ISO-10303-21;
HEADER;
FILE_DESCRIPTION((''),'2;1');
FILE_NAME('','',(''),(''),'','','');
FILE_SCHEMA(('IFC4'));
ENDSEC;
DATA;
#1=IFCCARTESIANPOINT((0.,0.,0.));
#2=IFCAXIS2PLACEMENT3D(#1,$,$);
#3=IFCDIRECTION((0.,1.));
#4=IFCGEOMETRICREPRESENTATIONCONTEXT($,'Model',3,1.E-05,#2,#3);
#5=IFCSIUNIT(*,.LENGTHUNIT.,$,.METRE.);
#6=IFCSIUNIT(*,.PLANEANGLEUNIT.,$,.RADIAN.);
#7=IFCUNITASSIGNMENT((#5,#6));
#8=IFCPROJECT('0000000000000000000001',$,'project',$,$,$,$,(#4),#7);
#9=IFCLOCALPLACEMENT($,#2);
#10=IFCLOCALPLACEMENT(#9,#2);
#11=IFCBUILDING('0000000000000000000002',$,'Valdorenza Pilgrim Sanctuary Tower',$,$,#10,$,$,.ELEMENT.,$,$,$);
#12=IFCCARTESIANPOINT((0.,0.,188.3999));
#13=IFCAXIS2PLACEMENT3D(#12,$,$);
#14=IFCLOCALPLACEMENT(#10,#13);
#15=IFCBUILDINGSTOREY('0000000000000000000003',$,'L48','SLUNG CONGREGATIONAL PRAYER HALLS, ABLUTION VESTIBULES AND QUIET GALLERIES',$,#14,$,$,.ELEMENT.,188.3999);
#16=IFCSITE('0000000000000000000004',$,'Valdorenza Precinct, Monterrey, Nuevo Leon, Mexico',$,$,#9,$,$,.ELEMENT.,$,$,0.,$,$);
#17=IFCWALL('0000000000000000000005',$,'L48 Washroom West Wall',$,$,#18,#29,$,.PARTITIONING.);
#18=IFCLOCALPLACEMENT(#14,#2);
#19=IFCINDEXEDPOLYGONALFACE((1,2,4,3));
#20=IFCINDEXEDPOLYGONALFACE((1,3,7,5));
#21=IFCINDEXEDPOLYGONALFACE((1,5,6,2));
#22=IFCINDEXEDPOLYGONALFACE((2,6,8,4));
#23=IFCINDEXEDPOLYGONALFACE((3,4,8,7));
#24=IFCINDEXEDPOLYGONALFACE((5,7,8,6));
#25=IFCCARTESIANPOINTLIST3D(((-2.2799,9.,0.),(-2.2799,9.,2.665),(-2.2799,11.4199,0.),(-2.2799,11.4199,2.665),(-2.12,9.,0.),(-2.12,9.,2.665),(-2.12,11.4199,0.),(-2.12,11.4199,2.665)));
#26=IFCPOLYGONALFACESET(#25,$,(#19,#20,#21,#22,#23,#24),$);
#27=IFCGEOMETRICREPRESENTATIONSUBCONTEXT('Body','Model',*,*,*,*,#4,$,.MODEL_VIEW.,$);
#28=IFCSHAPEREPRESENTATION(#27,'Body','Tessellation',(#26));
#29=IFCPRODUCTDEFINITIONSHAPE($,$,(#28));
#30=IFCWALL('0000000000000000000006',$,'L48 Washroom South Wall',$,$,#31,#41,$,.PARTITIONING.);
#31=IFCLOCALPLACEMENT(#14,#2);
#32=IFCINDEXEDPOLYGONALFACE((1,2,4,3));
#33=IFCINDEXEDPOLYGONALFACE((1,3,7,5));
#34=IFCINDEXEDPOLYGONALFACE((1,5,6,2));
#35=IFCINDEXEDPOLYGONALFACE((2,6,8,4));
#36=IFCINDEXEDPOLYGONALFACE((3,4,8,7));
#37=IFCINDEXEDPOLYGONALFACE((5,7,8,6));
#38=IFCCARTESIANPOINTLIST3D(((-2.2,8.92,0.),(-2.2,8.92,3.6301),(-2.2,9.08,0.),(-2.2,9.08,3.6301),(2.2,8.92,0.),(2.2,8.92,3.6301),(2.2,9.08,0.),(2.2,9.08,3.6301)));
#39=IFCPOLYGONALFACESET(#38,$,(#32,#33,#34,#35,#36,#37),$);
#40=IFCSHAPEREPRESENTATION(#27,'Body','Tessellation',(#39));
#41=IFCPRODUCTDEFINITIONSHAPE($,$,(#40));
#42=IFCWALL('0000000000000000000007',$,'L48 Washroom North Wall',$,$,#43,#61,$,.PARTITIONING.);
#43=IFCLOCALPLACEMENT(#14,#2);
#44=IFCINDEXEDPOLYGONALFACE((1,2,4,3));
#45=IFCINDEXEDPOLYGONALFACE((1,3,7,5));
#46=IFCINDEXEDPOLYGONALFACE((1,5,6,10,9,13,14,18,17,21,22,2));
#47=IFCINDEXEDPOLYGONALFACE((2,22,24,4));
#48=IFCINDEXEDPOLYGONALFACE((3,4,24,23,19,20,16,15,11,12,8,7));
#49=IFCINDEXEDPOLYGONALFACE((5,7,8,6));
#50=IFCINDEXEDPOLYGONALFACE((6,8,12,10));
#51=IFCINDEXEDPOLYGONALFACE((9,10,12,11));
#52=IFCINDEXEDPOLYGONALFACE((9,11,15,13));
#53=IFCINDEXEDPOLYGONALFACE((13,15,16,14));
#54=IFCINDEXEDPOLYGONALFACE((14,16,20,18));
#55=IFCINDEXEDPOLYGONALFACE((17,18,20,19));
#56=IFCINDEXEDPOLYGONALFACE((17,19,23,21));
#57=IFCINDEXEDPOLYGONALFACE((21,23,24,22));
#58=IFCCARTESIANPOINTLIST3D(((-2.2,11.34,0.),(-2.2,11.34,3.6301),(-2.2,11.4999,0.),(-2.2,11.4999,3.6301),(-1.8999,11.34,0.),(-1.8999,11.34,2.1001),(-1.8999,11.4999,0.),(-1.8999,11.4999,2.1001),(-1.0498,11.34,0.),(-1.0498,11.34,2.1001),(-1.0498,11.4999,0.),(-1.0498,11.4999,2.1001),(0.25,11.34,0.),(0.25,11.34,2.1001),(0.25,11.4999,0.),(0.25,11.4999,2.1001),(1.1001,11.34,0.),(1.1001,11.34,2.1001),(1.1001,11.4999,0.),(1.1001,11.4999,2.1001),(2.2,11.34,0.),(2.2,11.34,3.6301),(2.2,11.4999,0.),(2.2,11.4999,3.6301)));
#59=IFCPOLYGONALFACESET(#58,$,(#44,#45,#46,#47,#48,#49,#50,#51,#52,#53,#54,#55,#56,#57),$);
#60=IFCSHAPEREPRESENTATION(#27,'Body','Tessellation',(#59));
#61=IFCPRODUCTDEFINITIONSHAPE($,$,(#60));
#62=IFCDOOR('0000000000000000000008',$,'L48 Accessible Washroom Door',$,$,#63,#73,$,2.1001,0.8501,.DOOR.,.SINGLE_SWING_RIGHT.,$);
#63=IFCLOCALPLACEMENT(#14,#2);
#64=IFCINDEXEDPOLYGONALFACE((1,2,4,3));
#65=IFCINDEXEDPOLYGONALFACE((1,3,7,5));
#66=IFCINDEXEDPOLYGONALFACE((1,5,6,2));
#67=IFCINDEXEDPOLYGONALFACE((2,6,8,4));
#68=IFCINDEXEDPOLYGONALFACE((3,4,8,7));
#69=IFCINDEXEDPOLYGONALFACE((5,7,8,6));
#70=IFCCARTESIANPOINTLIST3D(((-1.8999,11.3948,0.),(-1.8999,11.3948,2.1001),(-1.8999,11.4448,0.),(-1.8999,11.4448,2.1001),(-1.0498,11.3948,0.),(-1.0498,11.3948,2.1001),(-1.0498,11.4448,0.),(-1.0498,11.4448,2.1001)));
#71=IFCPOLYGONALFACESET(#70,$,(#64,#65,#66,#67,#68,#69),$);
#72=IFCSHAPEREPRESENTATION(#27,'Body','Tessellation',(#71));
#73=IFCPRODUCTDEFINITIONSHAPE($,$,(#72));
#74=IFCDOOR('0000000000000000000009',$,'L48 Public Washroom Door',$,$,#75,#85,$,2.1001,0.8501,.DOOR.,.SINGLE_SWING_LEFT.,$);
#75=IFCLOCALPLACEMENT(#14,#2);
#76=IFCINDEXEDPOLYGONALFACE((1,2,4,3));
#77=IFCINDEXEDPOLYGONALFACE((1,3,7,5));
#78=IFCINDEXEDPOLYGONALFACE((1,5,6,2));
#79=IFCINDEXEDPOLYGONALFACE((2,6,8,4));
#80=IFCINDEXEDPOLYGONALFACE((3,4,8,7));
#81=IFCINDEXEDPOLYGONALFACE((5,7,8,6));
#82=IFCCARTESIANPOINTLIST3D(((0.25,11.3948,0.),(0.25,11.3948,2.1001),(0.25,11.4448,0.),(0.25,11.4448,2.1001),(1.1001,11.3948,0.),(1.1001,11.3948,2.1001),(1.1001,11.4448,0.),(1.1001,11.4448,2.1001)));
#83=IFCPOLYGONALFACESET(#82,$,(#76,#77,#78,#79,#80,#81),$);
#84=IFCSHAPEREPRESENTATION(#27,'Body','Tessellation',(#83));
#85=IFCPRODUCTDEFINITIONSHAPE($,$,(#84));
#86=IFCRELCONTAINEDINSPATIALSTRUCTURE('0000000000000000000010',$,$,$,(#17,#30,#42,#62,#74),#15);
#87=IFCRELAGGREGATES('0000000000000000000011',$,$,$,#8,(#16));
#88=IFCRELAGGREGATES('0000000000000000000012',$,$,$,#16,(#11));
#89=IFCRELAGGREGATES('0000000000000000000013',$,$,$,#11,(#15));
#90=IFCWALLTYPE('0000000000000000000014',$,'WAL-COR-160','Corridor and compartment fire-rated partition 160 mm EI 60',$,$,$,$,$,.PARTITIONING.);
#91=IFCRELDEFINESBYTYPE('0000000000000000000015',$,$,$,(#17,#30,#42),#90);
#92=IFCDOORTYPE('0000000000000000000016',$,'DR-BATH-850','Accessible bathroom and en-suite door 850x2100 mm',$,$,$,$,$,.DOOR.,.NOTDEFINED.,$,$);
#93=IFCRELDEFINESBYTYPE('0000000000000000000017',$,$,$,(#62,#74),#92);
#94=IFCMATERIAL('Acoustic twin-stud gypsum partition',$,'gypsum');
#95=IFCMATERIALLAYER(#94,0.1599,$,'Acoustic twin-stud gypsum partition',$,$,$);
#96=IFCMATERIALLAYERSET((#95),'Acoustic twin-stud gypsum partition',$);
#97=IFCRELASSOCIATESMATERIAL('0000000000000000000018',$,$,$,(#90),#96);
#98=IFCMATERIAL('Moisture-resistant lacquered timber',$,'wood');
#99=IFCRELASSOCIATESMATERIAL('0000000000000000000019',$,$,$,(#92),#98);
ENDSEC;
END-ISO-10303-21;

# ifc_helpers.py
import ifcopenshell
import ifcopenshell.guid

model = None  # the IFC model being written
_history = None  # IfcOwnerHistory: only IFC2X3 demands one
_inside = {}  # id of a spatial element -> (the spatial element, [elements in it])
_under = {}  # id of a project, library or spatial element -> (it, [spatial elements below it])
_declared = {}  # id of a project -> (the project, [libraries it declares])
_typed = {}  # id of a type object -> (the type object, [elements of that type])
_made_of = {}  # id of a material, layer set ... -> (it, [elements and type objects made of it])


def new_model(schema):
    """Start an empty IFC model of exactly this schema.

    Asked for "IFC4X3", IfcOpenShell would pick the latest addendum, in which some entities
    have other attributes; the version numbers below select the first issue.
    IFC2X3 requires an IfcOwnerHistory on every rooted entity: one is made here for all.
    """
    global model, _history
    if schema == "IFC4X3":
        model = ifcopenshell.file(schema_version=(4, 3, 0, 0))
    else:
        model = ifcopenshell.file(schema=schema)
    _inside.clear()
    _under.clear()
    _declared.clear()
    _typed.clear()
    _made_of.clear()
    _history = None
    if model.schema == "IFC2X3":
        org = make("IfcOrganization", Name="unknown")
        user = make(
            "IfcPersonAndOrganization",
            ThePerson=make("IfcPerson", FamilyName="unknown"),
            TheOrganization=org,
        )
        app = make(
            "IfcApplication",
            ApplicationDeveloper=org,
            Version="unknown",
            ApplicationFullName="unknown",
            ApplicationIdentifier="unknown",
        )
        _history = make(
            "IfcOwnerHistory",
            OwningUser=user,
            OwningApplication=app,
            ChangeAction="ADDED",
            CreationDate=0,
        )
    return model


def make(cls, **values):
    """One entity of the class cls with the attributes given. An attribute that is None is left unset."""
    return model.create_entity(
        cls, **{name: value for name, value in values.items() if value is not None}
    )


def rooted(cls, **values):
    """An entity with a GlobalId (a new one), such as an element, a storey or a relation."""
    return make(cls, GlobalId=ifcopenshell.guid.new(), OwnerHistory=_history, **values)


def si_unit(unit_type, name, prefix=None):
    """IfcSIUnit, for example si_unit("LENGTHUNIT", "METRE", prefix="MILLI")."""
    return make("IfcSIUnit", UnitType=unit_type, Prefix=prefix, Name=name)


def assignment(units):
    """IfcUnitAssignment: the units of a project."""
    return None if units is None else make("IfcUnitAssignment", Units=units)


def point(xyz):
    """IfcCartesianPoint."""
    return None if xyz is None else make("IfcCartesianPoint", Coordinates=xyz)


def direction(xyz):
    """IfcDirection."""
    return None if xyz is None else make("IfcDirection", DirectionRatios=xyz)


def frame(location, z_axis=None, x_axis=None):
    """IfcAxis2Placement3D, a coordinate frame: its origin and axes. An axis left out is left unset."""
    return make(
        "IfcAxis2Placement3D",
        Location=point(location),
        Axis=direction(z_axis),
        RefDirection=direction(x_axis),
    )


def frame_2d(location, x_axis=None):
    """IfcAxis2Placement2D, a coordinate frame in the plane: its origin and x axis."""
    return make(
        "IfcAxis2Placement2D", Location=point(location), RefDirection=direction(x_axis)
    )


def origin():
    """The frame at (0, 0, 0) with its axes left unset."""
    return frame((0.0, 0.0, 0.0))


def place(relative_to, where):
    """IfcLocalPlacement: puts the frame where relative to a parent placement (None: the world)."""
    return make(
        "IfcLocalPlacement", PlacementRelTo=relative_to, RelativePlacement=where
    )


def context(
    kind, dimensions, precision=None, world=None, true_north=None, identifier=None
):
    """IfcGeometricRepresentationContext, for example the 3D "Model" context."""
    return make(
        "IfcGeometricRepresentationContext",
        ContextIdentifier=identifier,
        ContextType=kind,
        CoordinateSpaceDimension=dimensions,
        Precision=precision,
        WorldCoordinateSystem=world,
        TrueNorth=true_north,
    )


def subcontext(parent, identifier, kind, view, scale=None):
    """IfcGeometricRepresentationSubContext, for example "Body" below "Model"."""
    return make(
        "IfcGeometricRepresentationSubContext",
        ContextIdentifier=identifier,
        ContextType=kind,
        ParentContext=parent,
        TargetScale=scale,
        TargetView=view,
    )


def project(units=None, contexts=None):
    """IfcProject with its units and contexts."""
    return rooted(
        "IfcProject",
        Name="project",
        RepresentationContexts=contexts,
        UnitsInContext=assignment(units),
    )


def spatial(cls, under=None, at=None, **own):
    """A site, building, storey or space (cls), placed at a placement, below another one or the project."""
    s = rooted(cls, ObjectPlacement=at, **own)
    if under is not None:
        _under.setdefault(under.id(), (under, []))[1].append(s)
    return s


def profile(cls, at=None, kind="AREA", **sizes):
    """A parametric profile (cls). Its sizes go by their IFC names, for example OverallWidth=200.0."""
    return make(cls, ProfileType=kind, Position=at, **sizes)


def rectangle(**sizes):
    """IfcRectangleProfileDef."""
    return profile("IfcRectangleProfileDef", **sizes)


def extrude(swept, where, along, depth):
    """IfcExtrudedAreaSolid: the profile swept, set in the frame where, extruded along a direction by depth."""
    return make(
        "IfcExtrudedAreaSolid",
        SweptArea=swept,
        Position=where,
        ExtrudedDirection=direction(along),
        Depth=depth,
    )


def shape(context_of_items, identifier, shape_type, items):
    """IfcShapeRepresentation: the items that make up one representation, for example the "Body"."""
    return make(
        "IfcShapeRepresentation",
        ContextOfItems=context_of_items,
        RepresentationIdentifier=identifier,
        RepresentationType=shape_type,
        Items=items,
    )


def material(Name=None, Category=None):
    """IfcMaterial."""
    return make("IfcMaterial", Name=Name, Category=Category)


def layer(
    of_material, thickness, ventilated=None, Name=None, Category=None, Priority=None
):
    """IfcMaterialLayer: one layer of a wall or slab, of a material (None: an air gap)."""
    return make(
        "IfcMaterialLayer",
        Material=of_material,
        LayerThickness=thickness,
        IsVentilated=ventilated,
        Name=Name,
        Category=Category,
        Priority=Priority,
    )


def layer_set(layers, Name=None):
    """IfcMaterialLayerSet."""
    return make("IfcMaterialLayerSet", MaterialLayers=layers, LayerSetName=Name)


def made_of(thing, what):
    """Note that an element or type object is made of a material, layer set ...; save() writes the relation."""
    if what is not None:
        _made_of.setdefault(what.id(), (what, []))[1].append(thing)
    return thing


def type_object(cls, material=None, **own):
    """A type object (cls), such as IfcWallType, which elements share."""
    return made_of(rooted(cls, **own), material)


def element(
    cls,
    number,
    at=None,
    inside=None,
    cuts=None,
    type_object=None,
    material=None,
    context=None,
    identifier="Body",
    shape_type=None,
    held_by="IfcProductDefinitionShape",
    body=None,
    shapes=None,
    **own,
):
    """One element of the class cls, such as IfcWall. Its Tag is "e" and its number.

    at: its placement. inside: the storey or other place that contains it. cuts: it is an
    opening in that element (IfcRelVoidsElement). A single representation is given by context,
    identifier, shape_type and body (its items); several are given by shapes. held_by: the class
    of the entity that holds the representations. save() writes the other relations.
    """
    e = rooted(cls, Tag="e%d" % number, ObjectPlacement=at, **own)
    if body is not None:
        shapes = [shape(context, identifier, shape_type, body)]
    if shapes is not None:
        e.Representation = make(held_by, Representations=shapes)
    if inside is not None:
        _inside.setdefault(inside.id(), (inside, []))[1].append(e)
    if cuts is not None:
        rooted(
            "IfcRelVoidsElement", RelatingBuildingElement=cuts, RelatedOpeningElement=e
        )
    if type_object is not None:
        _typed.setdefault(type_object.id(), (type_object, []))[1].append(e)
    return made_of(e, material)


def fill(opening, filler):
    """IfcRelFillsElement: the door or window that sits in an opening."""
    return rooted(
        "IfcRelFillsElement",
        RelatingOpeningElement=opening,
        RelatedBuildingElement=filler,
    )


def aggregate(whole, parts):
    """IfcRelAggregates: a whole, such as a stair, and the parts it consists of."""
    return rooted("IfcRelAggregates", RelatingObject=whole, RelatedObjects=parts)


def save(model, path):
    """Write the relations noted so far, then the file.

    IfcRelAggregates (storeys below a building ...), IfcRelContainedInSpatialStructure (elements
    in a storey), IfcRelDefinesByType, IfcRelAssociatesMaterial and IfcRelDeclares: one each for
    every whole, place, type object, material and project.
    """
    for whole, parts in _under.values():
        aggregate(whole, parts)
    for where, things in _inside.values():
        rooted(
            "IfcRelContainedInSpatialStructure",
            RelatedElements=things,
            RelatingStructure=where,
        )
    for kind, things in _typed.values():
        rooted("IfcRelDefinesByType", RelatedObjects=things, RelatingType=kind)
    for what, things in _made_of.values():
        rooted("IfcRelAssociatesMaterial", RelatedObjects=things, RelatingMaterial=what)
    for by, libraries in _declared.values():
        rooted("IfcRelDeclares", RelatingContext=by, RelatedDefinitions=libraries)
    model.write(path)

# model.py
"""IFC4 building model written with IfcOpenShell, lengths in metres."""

from ifc_helpers import new_model, si_unit, direction, frame, frame_2d, origin, place, context, subcontext, project, spatial, rectangle, extrude, material, layer, layer_set, type_object, element, fill, save


model = new_model("IFC4")

# Units and contexts
model_context = context("Model", 3, precision=1e-05, world=origin(), true_north=direction((0.0, 1.0)))
body_context = subcontext(model_context, "Body", "Model", "MODEL_VIEW")
ifc_project = project(units=[si_unit("LENGTHUNIT", "METRE"), si_unit("PLANEANGLEUNIT", "RADIAN")], contexts=[model_context])

# Site, building, storey
site_placement = place(None, origin())
site = spatial("IfcSite", under=ifc_project, at=site_placement, Name="Valdorenza Precinct, Monterrey, Nuevo Leon, Mexico", CompositionType="ELEMENT", RefElevation=0.0)
building_placement = place(site_placement, origin())
building = spatial("IfcBuilding", under=site, at=building_placement, Name="Valdorenza Pilgrim Sanctuary Tower", CompositionType="ELEMENT")
storey_placement = place(building_placement, frame((0.0, 0.0, 188.3999)))
storey = spatial("IfcBuildingStorey", under=building, at=storey_placement, Name="L48", Description="SLUNG CONGREGATIONAL PRAYER HALLS, ABLUTION VESTIBULES AND QUIET GALLERIES", CompositionType="ELEMENT", Elevation=188.3999)

# Walls
ifc_material_1 = material(Name="Acoustic twin-stud gypsum partition", Category="gypsum")
ifc_layer_1 = layer(ifc_material_1, 0.1599, Name="Acoustic twin-stud gypsum partition")
ifc_layer_set_1 = layer_set([ifc_layer_1], Name="Acoustic twin-stud gypsum partition")
wall_type = type_object("IfcWallType", Name="WAL-COR-160", Description="Corridor and compartment fire-rated partition 160 mm EI 60", PredefinedType="PARTITIONING", material=ifc_layer_set_1)
wall_1_placement = place(storey_placement, frame((-2.2, 9.0, 0.0), z_axis=(0.0, 0.0, 1.0), x_axis=(0.0, 1.0, 0.0)))
element("IfcWall", 1, at=wall_1_placement, inside=storey, type_object=wall_type, Name="L48 Washroom West Wall", PredefinedType="PARTITIONING", context=body_context, shape_type="SweptSolid", body=[
    extrude(rectangle(XDim=2.4199, YDim=0.1599, at=frame_2d((1.21, 0.0))), origin(), (0.0, 0.0, 1.0), 2.665),
])
wall_2_placement = place(storey_placement, frame((-2.2, 9.0, 0.0), z_axis=(0.0, 0.0, 1.0), x_axis=(1.0, 0.0, 0.0)))
element("IfcWall", 2, at=wall_2_placement, inside=storey, type_object=wall_type, Name="L48 Washroom South Wall", PredefinedType="PARTITIONING", context=body_context, shape_type="SweptSolid", body=[
    extrude(rectangle(XDim=4.3999, YDim=0.1599, at=frame_2d((2.2, 0.0))), origin(), (0.0, 0.0, 1.0), 3.6301),
])

# Wall, openings, doors
wall_3_placement = place(storey_placement, frame((-2.2, 11.4199, 0.0), z_axis=(0.0, 0.0, 1.0), x_axis=(1.0, 0.0, 0.0)))
wall_3 = element("IfcWall", 3, at=wall_3_placement, inside=storey, type_object=wall_type, Name="L48 Washroom North Wall", PredefinedType="PARTITIONING", context=body_context, shape_type="SweptSolid", body=[
    extrude(rectangle(XDim=4.3999, YDim=0.1599, at=frame_2d((2.2, 0.0))), origin(), (0.0, 0.0, 1.0), 3.6301),
])
opening_1_placement = place(wall_3_placement, frame((0.3, 0.0, 0.0)))
opening_1 = element("IfcOpeningElement", 4, at=opening_1_placement, cuts=wall_3, PredefinedType="OPENING", context=body_context, shape_type="SweptSolid", body=[
    extrude(rectangle(XDim=0.8501, YDim=2.1001, at=frame_2d((0.425, 1.05))), frame((0.0, 0.0947, 0.0), z_axis=(0.0, -1.0, 0.0), x_axis=(1.0, 0.0, 0.0)), (0.0, 0.0, 1.0), 0.1897),
])
opening_2_placement = place(wall_3_placement, frame((2.45, 0.0, 0.0)))
opening_2 = element("IfcOpeningElement", 5, at=opening_2_placement, cuts=wall_3, PredefinedType="OPENING", context=body_context, shape_type="SweptSolid", body=[
    extrude(rectangle(XDim=0.8501, YDim=2.1001, at=frame_2d((0.425, 1.05))), frame((0.0, 0.0947, 0.0), z_axis=(0.0, -1.0, 0.0), x_axis=(1.0, 0.0, 0.0)), (0.0, 0.0, 1.0), 0.1897),
])
ifc_material_2 = material(Name="Moisture-resistant lacquered timber", Category="wood")
door_type = type_object("IfcDoorType", Name="DR-BATH-850", Description="Accessible bathroom and en-suite door 850x2100 mm", OperationType="NOTDEFINED", PredefinedType="DOOR", material=ifc_material_2)
door_1_placement = place(opening_1_placement, origin())
door_1 = element("IfcDoor", 6, at=door_1_placement, inside=storey, type_object=door_type, Name="L48 Accessible Washroom Door", OperationType="SINGLE_SWING_RIGHT", OverallHeight=2.1001, OverallWidth=0.8501, PredefinedType="DOOR", context=body_context, shape_type="SweptSolid", body=[
    extrude(rectangle(XDim=0.8501, YDim=2.1001, at=frame_2d((0.425, 1.05))), frame((0.0, 0.0249, 0.0), z_axis=(0.0, -1.0, 0.0), x_axis=(1.0, 0.0, 0.0)), (0.0, 0.0, 1.0), 0.05),
])
fill(opening_1, door_1)
door_2_placement = place(opening_2_placement, origin())
door_2 = element("IfcDoor", 7, at=door_2_placement, inside=storey, type_object=door_type, Name="L48 Public Washroom Door", OperationType="SINGLE_SWING_LEFT", OverallHeight=2.1001, OverallWidth=0.8501, PredefinedType="DOOR", context=body_context, shape_type="SweptSolid", body=[
    extrude(rectangle(XDim=0.8501, YDim=2.1001, at=frame_2d((0.425, 1.05))), frame((0.0, 0.0249, 0.0), z_axis=(0.0, -1.0, 0.0), x_axis=(1.0, 0.0, 0.0)), (0.0, 0.0, 1.0), 0.05),
])
fill(opening_2, door_2)

save(model, "model.ifc")
